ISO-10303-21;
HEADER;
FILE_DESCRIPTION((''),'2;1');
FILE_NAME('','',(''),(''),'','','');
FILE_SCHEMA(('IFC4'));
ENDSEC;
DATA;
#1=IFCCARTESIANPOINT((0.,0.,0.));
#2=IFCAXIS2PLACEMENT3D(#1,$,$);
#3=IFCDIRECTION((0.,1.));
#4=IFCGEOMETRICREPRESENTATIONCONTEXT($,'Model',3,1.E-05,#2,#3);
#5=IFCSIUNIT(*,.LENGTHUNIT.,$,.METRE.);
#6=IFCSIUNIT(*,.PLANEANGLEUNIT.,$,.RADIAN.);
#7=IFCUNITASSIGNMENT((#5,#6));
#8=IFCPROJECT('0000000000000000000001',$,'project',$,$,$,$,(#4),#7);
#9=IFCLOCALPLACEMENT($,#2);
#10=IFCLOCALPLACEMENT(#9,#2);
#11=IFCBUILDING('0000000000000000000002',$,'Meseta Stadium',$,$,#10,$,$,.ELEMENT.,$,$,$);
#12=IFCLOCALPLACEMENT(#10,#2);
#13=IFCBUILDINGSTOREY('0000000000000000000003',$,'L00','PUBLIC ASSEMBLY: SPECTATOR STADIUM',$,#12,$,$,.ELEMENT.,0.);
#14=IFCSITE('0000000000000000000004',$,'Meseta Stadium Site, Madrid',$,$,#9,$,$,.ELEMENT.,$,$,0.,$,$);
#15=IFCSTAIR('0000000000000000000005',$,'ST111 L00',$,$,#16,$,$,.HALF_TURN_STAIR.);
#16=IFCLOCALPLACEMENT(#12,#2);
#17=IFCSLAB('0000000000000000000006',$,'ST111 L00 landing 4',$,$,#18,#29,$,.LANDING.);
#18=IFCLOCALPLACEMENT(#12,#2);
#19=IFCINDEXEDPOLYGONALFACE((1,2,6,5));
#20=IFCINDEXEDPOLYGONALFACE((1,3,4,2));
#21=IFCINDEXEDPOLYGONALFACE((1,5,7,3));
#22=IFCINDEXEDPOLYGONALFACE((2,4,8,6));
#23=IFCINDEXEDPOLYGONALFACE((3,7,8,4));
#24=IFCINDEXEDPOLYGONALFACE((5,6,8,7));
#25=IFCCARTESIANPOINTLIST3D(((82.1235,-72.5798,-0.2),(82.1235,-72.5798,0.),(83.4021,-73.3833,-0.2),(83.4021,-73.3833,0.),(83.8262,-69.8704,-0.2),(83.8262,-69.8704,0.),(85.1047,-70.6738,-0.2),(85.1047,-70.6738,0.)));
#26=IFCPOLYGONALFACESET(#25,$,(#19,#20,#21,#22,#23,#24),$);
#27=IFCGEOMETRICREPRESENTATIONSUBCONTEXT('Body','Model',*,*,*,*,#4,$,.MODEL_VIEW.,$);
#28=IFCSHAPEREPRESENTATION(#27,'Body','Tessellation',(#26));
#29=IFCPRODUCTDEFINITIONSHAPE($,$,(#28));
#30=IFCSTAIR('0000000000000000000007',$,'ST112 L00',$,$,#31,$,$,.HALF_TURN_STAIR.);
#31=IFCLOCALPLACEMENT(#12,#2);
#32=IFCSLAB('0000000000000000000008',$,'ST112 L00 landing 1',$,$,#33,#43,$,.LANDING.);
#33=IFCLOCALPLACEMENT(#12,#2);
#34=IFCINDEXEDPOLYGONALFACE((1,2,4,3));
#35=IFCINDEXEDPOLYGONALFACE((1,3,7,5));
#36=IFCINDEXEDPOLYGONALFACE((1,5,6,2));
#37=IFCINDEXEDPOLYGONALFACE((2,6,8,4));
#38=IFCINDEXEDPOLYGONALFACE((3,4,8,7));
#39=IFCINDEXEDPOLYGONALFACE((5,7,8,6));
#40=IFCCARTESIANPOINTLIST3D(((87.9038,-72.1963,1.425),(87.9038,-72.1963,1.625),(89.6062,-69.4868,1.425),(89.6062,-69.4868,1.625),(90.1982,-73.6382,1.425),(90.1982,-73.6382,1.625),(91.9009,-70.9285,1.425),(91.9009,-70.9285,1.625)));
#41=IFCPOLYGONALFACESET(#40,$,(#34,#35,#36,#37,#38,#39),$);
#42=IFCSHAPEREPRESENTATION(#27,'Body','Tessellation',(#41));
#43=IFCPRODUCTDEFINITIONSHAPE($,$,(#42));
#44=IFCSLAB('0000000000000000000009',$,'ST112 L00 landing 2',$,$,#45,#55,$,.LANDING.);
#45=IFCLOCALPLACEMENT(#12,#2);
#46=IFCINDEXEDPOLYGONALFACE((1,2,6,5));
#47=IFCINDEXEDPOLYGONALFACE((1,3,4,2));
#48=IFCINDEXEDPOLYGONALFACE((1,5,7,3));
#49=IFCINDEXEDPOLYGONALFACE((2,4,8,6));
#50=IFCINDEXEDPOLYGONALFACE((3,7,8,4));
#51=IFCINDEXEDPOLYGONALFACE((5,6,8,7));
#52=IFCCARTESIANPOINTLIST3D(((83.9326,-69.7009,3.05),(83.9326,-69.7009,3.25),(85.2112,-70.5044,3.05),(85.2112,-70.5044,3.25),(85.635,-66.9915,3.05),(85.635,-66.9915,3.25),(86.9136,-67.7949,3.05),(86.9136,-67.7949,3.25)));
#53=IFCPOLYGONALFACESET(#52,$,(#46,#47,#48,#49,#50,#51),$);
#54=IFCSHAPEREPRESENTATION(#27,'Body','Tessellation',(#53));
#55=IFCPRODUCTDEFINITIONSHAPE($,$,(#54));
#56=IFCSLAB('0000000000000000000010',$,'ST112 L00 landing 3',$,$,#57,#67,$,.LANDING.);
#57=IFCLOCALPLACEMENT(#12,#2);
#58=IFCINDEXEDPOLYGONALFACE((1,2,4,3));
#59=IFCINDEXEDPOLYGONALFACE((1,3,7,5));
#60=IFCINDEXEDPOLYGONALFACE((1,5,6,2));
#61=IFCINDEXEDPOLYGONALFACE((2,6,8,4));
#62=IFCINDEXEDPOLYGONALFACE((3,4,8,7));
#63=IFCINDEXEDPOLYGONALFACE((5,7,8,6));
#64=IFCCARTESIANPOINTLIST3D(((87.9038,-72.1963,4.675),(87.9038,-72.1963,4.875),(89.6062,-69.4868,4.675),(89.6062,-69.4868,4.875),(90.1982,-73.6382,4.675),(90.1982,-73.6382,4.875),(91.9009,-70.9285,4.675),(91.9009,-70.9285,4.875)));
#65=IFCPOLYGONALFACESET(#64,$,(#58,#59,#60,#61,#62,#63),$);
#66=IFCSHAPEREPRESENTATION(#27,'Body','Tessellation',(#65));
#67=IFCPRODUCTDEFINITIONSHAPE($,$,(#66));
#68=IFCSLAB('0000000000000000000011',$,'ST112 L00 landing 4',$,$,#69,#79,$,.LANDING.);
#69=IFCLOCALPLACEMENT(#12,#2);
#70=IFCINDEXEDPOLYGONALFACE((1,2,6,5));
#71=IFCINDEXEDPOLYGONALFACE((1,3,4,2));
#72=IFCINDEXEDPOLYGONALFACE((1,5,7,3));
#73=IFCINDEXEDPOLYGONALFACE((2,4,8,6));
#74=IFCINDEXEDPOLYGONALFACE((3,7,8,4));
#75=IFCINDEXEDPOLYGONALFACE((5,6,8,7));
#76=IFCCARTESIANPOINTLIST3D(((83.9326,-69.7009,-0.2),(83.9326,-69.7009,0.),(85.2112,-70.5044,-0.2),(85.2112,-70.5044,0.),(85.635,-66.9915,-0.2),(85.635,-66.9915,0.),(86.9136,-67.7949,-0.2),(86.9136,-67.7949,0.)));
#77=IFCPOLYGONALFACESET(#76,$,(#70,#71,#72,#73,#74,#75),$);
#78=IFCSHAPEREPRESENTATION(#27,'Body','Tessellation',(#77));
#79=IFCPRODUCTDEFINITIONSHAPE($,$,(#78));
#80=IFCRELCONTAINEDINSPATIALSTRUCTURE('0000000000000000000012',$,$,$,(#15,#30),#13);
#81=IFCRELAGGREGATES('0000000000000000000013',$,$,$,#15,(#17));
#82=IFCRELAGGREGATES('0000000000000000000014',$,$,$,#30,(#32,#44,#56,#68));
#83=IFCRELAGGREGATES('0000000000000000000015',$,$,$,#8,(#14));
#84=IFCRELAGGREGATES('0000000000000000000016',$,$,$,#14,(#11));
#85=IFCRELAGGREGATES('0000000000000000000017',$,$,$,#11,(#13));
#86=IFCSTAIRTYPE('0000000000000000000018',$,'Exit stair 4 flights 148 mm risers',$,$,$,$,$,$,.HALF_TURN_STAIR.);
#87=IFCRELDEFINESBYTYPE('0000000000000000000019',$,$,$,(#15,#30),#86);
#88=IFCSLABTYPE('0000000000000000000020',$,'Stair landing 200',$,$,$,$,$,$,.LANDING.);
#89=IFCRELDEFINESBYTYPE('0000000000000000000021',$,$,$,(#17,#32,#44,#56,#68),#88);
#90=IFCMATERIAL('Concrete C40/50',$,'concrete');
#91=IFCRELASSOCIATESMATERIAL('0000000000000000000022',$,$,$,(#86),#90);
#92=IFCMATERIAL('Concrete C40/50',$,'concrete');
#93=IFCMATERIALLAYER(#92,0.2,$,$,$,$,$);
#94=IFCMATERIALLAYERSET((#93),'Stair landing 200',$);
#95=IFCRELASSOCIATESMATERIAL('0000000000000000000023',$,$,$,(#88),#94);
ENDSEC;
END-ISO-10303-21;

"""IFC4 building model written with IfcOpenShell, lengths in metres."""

from ifc_helpers import new_model, si_unit, direction, frame, origin, place, context, subcontext, project, spatial, polyline, outline, extrude, material, layer, layer_set, type_object, element, aggregate, save


model = new_model("IFC4")

# Units and contexts
model_context = context("Model", 3, precision=1e-05, world=origin(), true_north=direction((0.0, 1.0)))
body_context = subcontext(model_context, "Body", "Model", "MODEL_VIEW")
ifc_project = project(units=[si_unit("LENGTHUNIT", "METRE"), si_unit("PLANEANGLEUNIT", "RADIAN")], contexts=[model_context])

# Site, building, storey
site_placement = place(None, origin())
site = spatial("IfcSite", under=ifc_project, at=site_placement, Name="Meseta Stadium Site, Madrid", CompositionType="ELEMENT", RefElevation=0.0)
building_placement = place(site_placement, origin())
building = spatial("IfcBuilding", under=site, at=building_placement, Name="Meseta Stadium", CompositionType="ELEMENT")
storey_placement = place(building_placement, origin())
storey = spatial("IfcBuildingStorey", under=building, at=storey_placement, Name="L00", Description="PUBLIC ASSEMBLY: SPECTATOR STADIUM", CompositionType="ELEMENT", Elevation=0.0)

# Stairs, slabs
ifc_material_1 = material(Name="Concrete C40/50", Category="concrete")
stair_type = type_object("IfcStairType", Name="Exit stair 4 flights 148 mm risers", PredefinedType="HALF_TURN_STAIR", material=ifc_material_1)
ifc_material_2 = material(Name="Concrete C40/50", Category="concrete")
ifc_layer_1 = layer(ifc_material_2, 0.2)
ifc_layer_set_1 = layer_set([ifc_layer_1], Name="Stair landing 200")
slab_type_1 = type_object("IfcSlabType", Name="Stair landing 200", PredefinedType="LANDING", material=ifc_layer_set_1)
stair_1_placement = place(storey_placement, origin())
stair_1 = element("IfcStair", 1, at=stair_1_placement, inside=storey, type_object=stair_type, Name="ST111 L00", PredefinedType="HALF_TURN_STAIR")
slab_1_placement = place(storey_placement, frame((0.0, 0.0, -0.2)))
slab_1 = element("IfcSlab", 2, at=slab_1_placement, type_object=slab_type_1, Name="ST111 L00 landing 4", PredefinedType="LANDING", context=body_context, shape_type="SweptSolid", body=[
    extrude(outline(polyline([(82.1235, -72.5798), (83.4021, -73.3833), (85.1047, -70.6738), (83.8262, -69.8704), (82.1235, -72.5798)])), origin(), (0.0, 0.0, 1.0), 0.2),
])
aggregate(stair_1, [slab_1])
stair_2_placement = place(storey_placement, origin())
stair_2 = element("IfcStair", 3, at=stair_2_placement, inside=storey, type_object=stair_type, Name="ST112 L00", PredefinedType="HALF_TURN_STAIR")
slab_2_placement = place(storey_placement, frame((0.0, 0.0, 1.425)))
slab_2 = element("IfcSlab", 4, at=slab_2_placement, type_object=slab_type_1, Name="ST112 L00 landing 1", PredefinedType="LANDING", context=body_context, shape_type="SweptSolid", body=[
    extrude(outline(polyline([(87.9038, -72.1963), (90.1982, -73.6382), (91.9009, -70.9285), (89.6062, -69.4868), (87.9038, -72.1963)])), origin(), (0.0, 0.0, 1.0), 0.2),
])
slab_3_placement = place(storey_placement, frame((0.0, 0.0, 3.05)))
slab_3 = element("IfcSlab", 5, at=slab_3_placement, type_object=slab_type_1, Name="ST112 L00 landing 2", PredefinedType="LANDING", context=body_context, shape_type="SweptSolid", body=[
    extrude(outline(polyline([(83.9326, -69.7009), (85.2112, -70.5044), (86.9136, -67.7949), (85.635, -66.9915), (83.9326, -69.7009)])), origin(), (0.0, 0.0, 1.0), 0.2),
])
slab_4_placement = place(storey_placement, frame((0.0, 0.0, 4.675)))
slab_4 = element("IfcSlab", 6, at=slab_4_placement, type_object=slab_type_1, Name="ST112 L00 landing 3", PredefinedType="LANDING", context=body_context, shape_type="SweptSolid", body=[
    extrude(outline(polyline([(87.9038, -72.1963), (90.1982, -73.6382), (91.9009, -70.9285), (89.6062, -69.4868), (87.9038, -72.1963)])), origin(), (0.0, 0.0, 1.0), 0.2),
])
slab_5_placement = place(storey_placement, frame((0.0, 0.0, -0.2)))
slab_5 = element("IfcSlab", 7, at=slab_5_placement, type_object=slab_type_1, Name="ST112 L00 landing 4", PredefinedType="LANDING", context=body_context, shape_type="SweptSolid", body=[
    extrude(outline(polyline([(83.9326, -69.7009), (85.2112, -70.5044), (86.9136, -67.7949), (85.635, -66.9915), (83.9326, -69.7009)])), origin(), (0.0, 0.0, 1.0), 0.2),
])
aggregate(stair_2, [slab_2, slab_3, slab_4, slab_5])

save(model, "model.ifc")
